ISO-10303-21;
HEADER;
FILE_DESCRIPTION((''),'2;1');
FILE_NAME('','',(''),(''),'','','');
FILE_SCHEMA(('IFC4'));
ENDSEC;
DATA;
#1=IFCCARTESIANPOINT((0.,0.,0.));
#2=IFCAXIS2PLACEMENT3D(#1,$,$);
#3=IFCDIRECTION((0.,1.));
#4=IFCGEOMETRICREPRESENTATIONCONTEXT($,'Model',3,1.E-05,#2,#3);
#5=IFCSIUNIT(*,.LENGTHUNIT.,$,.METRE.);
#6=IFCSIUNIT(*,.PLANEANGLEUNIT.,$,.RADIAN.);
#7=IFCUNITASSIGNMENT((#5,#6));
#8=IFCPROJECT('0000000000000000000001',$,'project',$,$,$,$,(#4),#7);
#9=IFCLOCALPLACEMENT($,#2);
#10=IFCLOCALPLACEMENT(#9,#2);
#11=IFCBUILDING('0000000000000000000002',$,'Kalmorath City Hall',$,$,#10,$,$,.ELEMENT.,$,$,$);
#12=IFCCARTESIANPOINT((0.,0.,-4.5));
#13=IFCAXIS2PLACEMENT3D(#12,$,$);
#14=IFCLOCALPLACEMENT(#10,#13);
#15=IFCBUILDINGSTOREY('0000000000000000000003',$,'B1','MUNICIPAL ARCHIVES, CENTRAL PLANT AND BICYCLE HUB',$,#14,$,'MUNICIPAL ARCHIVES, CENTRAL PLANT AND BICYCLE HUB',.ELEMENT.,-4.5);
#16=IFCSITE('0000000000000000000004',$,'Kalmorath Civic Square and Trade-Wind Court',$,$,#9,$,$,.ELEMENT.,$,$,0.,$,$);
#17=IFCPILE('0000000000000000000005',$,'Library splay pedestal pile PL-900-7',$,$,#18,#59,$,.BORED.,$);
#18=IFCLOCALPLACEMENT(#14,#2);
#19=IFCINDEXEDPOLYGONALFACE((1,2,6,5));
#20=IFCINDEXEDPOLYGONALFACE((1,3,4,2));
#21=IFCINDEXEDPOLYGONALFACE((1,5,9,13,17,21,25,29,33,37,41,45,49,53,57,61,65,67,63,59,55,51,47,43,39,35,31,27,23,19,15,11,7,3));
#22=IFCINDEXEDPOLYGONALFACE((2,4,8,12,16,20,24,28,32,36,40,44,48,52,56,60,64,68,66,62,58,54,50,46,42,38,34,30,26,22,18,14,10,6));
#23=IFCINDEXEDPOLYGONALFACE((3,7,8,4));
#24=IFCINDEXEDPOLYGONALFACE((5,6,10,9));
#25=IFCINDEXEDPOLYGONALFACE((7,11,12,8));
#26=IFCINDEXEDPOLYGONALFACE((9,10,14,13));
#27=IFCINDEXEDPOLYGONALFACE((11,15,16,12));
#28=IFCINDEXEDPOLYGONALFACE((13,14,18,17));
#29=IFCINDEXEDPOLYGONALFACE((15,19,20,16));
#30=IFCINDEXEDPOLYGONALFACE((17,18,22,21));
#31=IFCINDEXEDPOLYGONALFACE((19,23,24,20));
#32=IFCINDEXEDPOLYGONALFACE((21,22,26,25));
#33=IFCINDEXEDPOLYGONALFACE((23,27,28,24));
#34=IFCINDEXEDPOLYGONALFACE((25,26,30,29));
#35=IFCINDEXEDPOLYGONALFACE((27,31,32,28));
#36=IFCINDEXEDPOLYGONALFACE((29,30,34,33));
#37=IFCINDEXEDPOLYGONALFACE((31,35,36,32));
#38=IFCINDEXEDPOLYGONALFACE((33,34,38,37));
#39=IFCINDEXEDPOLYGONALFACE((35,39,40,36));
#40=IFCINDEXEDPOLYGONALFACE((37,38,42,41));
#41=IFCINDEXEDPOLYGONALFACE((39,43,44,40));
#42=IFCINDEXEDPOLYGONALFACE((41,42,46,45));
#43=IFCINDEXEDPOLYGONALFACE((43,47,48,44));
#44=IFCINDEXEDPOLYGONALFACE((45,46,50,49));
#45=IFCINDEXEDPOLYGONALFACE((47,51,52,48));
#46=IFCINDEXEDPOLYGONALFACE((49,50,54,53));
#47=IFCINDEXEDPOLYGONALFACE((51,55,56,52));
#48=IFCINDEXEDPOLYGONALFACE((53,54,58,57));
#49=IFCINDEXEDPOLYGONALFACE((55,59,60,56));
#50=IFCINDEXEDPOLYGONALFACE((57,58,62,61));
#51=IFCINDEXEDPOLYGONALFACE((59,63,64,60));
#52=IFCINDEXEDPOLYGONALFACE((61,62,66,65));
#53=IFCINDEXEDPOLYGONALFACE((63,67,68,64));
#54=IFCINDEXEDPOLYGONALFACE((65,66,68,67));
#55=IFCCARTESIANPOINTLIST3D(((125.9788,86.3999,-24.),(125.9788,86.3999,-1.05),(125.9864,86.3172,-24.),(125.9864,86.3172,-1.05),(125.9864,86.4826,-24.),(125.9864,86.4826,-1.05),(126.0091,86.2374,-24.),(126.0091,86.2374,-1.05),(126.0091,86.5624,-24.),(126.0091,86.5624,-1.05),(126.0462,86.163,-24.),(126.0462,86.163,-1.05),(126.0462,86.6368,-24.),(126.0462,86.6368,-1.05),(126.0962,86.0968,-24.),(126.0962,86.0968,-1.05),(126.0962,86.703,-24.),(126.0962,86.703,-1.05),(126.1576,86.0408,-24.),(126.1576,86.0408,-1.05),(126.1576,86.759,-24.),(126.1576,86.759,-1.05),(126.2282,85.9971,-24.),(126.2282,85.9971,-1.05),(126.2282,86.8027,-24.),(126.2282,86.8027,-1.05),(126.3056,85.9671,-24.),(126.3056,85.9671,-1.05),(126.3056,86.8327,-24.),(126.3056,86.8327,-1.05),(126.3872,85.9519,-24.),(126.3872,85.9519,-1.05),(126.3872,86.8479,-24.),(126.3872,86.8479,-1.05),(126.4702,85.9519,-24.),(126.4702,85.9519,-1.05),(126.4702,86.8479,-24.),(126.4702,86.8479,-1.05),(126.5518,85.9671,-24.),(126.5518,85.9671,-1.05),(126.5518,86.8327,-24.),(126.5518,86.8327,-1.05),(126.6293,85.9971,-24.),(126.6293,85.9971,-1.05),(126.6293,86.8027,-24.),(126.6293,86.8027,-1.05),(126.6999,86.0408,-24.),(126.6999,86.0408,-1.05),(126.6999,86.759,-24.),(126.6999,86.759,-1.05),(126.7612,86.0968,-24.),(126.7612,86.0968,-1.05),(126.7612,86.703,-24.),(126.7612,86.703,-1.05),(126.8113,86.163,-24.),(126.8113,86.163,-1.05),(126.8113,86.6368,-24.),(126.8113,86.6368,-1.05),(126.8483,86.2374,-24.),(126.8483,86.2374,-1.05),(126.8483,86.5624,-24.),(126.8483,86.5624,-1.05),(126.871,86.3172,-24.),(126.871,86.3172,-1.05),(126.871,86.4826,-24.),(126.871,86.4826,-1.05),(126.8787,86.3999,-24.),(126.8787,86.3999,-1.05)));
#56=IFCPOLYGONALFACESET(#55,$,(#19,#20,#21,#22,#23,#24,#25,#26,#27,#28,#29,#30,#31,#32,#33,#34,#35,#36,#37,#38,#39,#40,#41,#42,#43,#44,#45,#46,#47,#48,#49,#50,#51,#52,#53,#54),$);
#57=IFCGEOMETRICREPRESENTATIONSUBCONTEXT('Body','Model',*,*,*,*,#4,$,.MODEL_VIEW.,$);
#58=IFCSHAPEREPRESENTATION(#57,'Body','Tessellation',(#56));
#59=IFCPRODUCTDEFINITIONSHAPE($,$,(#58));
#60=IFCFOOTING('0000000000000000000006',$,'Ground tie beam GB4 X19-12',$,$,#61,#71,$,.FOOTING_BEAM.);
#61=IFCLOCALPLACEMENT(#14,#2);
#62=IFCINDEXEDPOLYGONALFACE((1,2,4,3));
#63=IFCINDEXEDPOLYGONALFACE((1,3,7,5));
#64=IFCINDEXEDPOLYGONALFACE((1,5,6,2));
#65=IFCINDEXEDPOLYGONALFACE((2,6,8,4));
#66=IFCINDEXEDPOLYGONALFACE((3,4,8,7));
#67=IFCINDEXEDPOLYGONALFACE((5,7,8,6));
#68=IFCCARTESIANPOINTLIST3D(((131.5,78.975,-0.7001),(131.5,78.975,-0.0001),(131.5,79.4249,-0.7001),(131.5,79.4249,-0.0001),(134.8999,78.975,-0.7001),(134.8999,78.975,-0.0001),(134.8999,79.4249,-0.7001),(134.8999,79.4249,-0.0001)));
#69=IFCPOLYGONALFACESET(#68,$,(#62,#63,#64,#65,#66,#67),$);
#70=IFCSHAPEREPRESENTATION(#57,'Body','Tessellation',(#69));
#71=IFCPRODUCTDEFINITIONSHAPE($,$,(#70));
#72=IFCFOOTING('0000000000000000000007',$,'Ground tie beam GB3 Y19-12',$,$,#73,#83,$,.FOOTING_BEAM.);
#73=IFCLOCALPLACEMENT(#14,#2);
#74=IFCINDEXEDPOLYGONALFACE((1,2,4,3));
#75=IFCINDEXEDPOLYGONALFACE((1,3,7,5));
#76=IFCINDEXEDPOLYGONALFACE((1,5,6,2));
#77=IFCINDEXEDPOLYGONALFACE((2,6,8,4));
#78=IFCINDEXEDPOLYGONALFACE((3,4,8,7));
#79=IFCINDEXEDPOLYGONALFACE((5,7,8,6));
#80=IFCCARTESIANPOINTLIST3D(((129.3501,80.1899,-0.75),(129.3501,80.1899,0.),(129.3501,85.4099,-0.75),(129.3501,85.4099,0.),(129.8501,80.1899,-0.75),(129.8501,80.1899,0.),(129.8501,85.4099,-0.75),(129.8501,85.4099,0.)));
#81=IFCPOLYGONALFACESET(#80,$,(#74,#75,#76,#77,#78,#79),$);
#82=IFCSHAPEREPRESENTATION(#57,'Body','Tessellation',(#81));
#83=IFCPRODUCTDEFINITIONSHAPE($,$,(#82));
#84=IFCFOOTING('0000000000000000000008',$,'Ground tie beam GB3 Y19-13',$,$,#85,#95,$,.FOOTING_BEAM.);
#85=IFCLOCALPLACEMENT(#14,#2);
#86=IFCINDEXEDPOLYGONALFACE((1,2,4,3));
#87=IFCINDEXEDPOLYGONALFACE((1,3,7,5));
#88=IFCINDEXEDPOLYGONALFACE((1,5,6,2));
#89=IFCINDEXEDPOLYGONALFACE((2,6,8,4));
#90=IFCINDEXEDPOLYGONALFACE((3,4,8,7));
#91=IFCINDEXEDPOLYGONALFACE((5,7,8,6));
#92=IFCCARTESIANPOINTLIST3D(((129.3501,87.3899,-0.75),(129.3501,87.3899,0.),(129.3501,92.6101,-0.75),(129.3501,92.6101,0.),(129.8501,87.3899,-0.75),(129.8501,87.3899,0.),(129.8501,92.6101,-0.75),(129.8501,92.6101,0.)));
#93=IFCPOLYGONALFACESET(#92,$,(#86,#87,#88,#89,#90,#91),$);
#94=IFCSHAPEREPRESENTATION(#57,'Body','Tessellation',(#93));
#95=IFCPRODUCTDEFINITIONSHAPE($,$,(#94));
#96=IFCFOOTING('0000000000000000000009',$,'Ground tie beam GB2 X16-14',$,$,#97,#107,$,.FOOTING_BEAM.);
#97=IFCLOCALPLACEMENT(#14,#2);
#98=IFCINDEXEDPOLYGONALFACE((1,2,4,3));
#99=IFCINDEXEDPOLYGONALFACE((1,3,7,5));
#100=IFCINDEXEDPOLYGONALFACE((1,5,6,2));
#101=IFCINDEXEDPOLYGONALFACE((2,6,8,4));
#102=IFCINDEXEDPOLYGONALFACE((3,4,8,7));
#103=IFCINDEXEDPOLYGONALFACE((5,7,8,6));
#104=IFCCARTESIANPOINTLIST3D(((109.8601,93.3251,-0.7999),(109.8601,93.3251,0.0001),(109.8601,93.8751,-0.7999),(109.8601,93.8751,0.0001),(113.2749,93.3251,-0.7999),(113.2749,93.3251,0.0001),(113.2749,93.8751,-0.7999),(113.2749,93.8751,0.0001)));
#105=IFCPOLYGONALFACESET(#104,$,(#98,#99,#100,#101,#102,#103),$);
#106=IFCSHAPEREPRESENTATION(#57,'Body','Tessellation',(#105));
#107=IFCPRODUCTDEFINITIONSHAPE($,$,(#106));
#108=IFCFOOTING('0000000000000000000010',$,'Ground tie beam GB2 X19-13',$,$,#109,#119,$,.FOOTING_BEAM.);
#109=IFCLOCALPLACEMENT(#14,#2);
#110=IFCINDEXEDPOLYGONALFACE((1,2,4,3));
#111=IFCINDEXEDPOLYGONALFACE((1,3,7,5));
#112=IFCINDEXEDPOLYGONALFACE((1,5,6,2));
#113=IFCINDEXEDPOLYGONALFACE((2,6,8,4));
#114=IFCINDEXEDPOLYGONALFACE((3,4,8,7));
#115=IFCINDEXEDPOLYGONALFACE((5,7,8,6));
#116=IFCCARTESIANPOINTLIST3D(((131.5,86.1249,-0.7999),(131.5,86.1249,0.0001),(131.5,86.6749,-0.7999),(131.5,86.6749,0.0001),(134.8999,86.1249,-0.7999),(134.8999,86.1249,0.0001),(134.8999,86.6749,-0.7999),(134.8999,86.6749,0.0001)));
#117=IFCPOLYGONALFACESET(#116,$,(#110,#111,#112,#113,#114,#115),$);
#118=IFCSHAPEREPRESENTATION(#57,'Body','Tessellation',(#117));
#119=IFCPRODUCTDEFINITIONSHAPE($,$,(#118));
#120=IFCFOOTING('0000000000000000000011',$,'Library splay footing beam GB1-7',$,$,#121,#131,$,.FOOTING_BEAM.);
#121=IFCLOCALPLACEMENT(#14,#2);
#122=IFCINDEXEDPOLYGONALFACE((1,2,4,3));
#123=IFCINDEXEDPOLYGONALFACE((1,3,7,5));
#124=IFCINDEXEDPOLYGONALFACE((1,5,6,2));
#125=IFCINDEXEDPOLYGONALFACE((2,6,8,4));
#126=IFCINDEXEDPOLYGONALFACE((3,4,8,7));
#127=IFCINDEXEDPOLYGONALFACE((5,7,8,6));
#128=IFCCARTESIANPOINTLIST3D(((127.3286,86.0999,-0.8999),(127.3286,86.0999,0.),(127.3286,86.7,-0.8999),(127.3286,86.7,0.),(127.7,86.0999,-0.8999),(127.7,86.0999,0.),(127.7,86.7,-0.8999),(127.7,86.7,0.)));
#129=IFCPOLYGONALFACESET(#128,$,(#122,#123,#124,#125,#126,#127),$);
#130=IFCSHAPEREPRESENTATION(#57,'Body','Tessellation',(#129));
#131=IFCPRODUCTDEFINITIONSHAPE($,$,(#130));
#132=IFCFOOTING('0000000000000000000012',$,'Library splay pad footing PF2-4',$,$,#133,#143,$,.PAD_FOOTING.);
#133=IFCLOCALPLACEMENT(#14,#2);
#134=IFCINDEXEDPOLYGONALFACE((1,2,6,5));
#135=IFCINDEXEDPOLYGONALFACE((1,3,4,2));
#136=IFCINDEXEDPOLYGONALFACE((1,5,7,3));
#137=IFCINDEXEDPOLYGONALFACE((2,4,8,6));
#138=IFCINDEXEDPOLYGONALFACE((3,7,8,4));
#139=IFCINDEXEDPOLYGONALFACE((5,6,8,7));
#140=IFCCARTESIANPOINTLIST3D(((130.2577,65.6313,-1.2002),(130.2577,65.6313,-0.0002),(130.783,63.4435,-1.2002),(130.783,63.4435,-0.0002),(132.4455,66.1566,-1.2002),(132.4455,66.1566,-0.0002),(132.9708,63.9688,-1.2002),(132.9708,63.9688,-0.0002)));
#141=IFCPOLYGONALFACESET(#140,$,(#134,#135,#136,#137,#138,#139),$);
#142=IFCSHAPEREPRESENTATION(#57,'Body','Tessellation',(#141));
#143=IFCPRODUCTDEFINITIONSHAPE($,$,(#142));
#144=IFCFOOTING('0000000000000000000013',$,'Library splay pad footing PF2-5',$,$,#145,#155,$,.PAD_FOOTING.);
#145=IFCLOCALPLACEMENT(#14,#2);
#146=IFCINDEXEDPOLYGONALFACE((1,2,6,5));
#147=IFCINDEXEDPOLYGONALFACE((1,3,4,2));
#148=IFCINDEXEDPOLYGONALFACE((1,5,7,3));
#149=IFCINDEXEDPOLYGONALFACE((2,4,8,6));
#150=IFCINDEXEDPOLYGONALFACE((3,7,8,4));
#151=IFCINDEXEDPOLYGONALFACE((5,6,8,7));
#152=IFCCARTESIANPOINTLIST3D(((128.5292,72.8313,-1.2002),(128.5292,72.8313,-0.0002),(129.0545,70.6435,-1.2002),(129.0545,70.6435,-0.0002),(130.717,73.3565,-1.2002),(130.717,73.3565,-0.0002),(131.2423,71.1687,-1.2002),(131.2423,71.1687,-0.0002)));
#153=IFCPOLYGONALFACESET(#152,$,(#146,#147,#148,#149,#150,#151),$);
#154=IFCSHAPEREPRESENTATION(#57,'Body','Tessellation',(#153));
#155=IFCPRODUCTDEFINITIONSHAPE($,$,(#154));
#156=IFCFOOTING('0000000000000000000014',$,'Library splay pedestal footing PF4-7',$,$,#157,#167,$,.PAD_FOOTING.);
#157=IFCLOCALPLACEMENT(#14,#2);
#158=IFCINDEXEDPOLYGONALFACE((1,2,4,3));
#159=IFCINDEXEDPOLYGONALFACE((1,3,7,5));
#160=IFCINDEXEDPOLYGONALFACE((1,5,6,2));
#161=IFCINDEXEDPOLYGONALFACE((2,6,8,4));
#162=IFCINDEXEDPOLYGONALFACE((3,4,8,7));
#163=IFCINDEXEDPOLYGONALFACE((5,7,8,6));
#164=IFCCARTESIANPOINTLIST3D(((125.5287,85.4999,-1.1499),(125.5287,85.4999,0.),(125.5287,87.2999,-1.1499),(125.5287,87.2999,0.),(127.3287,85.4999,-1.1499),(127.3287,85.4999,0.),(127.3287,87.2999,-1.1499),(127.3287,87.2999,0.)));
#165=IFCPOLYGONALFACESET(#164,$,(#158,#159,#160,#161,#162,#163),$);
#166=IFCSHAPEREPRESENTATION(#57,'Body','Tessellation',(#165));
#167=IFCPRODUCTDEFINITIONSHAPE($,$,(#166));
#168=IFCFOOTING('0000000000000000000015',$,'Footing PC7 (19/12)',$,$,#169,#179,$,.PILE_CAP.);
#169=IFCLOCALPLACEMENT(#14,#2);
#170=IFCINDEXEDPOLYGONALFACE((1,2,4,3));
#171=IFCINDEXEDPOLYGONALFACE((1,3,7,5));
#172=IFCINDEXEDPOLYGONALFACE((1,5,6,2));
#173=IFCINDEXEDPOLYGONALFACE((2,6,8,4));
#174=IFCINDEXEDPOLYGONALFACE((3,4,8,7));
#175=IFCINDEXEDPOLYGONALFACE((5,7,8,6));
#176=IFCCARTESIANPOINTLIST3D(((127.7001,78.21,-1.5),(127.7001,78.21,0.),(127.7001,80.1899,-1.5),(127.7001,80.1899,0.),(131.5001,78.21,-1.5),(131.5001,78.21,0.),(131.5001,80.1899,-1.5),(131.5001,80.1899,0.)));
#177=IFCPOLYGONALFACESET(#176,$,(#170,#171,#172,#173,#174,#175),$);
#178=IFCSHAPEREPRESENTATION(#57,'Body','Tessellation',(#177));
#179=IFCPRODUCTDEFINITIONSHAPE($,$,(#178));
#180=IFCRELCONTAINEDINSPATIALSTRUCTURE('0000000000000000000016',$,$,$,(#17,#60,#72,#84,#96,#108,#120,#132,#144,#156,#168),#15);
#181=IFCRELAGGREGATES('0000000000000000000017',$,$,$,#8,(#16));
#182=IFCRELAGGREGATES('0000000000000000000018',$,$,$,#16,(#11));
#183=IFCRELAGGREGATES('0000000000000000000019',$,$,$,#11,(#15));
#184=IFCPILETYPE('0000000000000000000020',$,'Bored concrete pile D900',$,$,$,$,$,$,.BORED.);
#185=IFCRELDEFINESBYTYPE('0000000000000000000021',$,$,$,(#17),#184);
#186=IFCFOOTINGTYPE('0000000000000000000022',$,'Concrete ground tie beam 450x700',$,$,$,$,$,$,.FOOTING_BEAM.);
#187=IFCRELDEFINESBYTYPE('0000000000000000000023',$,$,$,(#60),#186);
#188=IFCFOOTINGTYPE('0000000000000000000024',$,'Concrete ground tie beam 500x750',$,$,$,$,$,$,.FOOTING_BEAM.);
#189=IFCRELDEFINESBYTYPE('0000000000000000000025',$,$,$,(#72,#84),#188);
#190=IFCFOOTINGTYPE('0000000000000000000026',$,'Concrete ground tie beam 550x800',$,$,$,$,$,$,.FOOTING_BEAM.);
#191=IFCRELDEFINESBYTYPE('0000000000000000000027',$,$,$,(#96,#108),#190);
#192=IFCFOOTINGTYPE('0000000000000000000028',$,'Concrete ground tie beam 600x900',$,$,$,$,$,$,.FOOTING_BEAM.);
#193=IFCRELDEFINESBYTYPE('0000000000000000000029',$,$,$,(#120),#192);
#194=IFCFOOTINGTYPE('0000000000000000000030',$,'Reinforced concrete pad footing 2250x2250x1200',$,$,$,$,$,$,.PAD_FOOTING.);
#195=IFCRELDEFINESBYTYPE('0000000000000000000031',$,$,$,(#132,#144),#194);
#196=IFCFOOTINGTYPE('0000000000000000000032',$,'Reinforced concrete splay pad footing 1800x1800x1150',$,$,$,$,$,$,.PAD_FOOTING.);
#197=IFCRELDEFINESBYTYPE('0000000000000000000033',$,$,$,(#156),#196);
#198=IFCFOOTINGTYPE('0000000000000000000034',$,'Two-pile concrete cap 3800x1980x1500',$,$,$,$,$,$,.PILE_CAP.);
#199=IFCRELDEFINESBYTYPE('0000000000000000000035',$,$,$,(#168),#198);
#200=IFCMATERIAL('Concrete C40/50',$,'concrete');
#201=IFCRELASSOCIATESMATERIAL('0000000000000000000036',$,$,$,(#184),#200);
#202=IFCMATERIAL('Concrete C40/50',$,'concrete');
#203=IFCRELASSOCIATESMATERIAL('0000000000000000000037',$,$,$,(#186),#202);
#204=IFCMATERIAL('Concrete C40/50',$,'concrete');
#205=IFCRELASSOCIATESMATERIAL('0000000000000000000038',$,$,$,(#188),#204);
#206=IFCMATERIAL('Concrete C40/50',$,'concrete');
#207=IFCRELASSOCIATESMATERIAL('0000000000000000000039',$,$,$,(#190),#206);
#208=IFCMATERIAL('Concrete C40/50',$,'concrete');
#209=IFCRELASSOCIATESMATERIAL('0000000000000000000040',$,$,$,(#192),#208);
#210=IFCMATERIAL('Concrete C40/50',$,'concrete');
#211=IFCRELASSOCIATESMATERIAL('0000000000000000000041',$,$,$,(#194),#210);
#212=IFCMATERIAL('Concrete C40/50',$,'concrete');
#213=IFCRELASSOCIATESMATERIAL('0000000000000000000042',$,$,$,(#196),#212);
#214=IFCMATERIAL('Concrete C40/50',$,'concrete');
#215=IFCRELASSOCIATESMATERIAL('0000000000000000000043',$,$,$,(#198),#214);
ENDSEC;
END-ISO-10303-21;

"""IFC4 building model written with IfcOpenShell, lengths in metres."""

from ifc_helpers import new_model, si_unit, direction, frame, origin, origin_2d, place, context, subcontext, project, spatial, rectangle, circle, extrude, material, material_profile, profile_set, type_object, element, save


model = new_model("IFC4")

# Units and contexts
model_context = context("Model", 3, precision=1e-05, world=origin(), true_north=direction((0.0, 1.0)))
body_context = subcontext(model_context, "Body", "Model", "MODEL_VIEW")
ifc_project = project(units=[si_unit("LENGTHUNIT", "METRE"), si_unit("PLANEANGLEUNIT", "RADIAN")], contexts=[model_context])

# Site, building, storey
site_placement = place(None, origin())
site = spatial("IfcSite", under=ifc_project, at=site_placement, Name="Kalmorath Civic Square and Trade-Wind Court", CompositionType="ELEMENT", RefElevation=0.0)
building_placement = place(site_placement, origin())
building = spatial("IfcBuilding", under=site, at=building_placement, Name="Kalmorath City Hall", CompositionType="ELEMENT")
storey_placement = place(building_placement, frame((0.0, 0.0, -4.5)))
storey = spatial("IfcBuildingStorey", under=building, at=storey_placement, Name="B1", Description="MUNICIPAL ARCHIVES, CENTRAL PLANT AND BICYCLE HUB", LongName="MUNICIPAL ARCHIVES, CENTRAL PLANT AND BICYCLE HUB", CompositionType="ELEMENT", Elevation=-4.5)

# Pile
ifc_material_1 = material(Name="Concrete C40/50", Category="concrete")
ifc_material_profile_1 = material_profile(ifc_material_1, circle(Radius=0.45, at=origin_2d()), Name="PILE-D900")
ifc_profile_set_1 = profile_set([ifc_material_profile_1], Name="Concrete C40/50")
pile_type = type_object("IfcPileType", Name="Bored concrete pile D900", PredefinedType="BORED", material=ifc_profile_set_1)
pile_1_placement = place(storey_placement, frame((126.4287, 86.3999, -1.05), z_axis=(0.0, 0.0, -1.0), x_axis=(1.0, 0.0, 0.0)))
element("IfcPile", 1, at=pile_1_placement, inside=storey, type_object=pile_type, Name="Library splay pedestal pile PL-900-7", PredefinedType="BORED", context=body_context, shape_type="SweptSolid", body=[
    extrude(circle(Radius=0.45, at=origin_2d()), origin(), (0.0, 0.0, 1.0), 22.95),
])

# Footings
ifc_material_2 = material(Name="Concrete C40/50", Category="concrete")
ifc_material_profile_2 = material_profile(ifc_material_2, rectangle(XDim=0.45, YDim=0.7, at=origin_2d()), Name="RC-BM-450X700")
ifc_profile_set_2 = profile_set([ifc_material_profile_2], Name="Concrete C40/50")
footing_type_1 = type_object("IfcFootingType", Name="Concrete ground tie beam 450x700", PredefinedType="FOOTING_BEAM", material=ifc_profile_set_2)
footing_1_placement = place(storey_placement, frame((131.5, 79.2, -0.3501), z_axis=(1.0, 0.0, 0.0), x_axis=(0.0, 1.0, 0.0)))
element("IfcFooting", 2, at=footing_1_placement, inside=storey, type_object=footing_type_1, Name="Ground tie beam GB4 X19-12", PredefinedType="FOOTING_BEAM", context=body_context, shape_type="SweptSolid", body=[
    extrude(rectangle(XDim=0.45, YDim=0.7, at=origin_2d()), origin(), (0.0, 0.0, 1.0), 3.3999),
])
ifc_material_3 = material(Name="Concrete C40/50", Category="concrete")
ifc_material_profile_3 = material_profile(ifc_material_3, rectangle(XDim=0.5, YDim=0.75, at=origin_2d()), Name="RC-BM-500X750")
ifc_profile_set_3 = profile_set([ifc_material_profile_3], Name="Concrete C40/50")
footing_type_2 = type_object("IfcFootingType", Name="Concrete ground tie beam 500x750", PredefinedType="FOOTING_BEAM", material=ifc_profile_set_3)
footing_2_placement = place(storey_placement, frame((129.6001, 80.1899, -0.375), z_axis=(0.0, 1.0, 0.0), x_axis=(-1.0, 0.0, 0.0)))
element("IfcFooting", 3, at=footing_2_placement, inside=storey, type_object=footing_type_2, Name="Ground tie beam GB3 Y19-12", PredefinedType="FOOTING_BEAM", context=body_context, shape_type="SweptSolid", body=[
    extrude(rectangle(XDim=0.5, YDim=0.75, at=origin_2d()), origin(), (0.0, 0.0, 1.0), 5.22),
])
footing_3_placement = place(storey_placement, frame((129.6001, 87.3899, -0.375), z_axis=(0.0, 1.0, 0.0), x_axis=(-1.0, 0.0, 0.0)))
element("IfcFooting", 4, at=footing_3_placement, inside=storey, type_object=footing_type_2, Name="Ground tie beam GB3 Y19-13", PredefinedType="FOOTING_BEAM", context=body_context, shape_type="SweptSolid", body=[
    extrude(rectangle(XDim=0.5, YDim=0.75, at=origin_2d()), origin(), (0.0, 0.0, 1.0), 5.2202),
])
ifc_material_4 = material(Name="Concrete C40/50", Category="concrete")
ifc_material_profile_4 = material_profile(ifc_material_4, rectangle(XDim=0.55, YDim=0.8, at=origin_2d()), Name="RC-BM-550X800")
ifc_profile_set_4 = profile_set([ifc_material_profile_4], Name="Concrete C40/50")
footing_type_3 = type_object("IfcFootingType", Name="Concrete ground tie beam 550x800", PredefinedType="FOOTING_BEAM", material=ifc_profile_set_4)
footing_4_placement = place(storey_placement, frame((109.8601, 93.6001, -0.3999), z_axis=(1.0, 0.0, 0.0), x_axis=(0.0, 1.0, 0.0)))
element("IfcFooting", 5, at=footing_4_placement, inside=storey, type_object=footing_type_3, Name="Ground tie beam GB2 X16-14", PredefinedType="FOOTING_BEAM", context=body_context, shape_type="SweptSolid", body=[
    extrude(rectangle(XDim=0.55, YDim=0.8, at=origin_2d()), origin(), (0.0, 0.0, 1.0), 3.4148),
])
footing_5_placement = place(storey_placement, frame((131.5, 86.3999, -0.3999), z_axis=(1.0, 0.0, 0.0), x_axis=(0.0, 1.0, 0.0)))
element("IfcFooting", 6, at=footing_5_placement, inside=storey, type_object=footing_type_3, Name="Ground tie beam GB2 X19-13", PredefinedType="FOOTING_BEAM", context=body_context, shape_type="SweptSolid", body=[
    extrude(rectangle(XDim=0.55, YDim=0.8, at=origin_2d()), origin(), (0.0, 0.0, 1.0), 3.3999),
])
ifc_material_5 = material(Name="Concrete C40/50", Category="concrete")
ifc_material_profile_5 = material_profile(ifc_material_5, rectangle(XDim=0.6001, YDim=0.8999, at=origin_2d()), Name="RC-BM-600X900")
ifc_profile_set_5 = profile_set([ifc_material_profile_5], Name="Concrete C40/50")
footing_type_4 = type_object("IfcFootingType", Name="Concrete ground tie beam 600x900", PredefinedType="FOOTING_BEAM", material=ifc_profile_set_5)
footing_6_placement = place(storey_placement, frame((127.3286, 86.3999, -0.45), z_axis=(1.0, 0.0, 0.0), x_axis=(0.0, 1.0, 0.0)))
element("IfcFooting", 7, at=footing_6_placement, inside=storey, type_object=footing_type_4, Name="Library splay footing beam GB1-7", PredefinedType="FOOTING_BEAM", context=body_context, shape_type="SweptSolid", body=[
    extrude(rectangle(XDim=0.6001, YDim=0.8999, at=origin_2d()), origin(), (0.0, 0.0, 1.0), 0.3713),
])
ifc_material_6 = material(Name="Concrete C40/50", Category="concrete")
footing_type_5 = type_object("IfcFootingType", Name="Reinforced concrete pad footing 2250x2250x1200", PredefinedType="PAD_FOOTING", material=ifc_material_6)
for number, where, z_axis, x_axis, name in (
    (8, (131.6143, 64.8, -1.2002), (0.0, 0.0, 1.0), (0.97237, 0.233445, 0.0), "Library splay pad footing PF2-4"),
    (9, (129.8857, 72.0, -1.2002), (0.0, 0.0, 1.0), (0.97237, 0.233445, 0.0), "Library splay pad footing PF2-5"),
):
    element("IfcFooting", number, at=place(storey_placement, frame(where, z_axis=z_axis, x_axis=x_axis)), inside=storey, type_object=footing_type_5, Name=name, PredefinedType="PAD_FOOTING", context=body_context, shape_type="SweptSolid", body=[
        extrude(rectangle(XDim=2.25, YDim=2.25, at=origin_2d()), origin(), (0.0, 0.0, 1.0), 1.2),
    ])
ifc_material_7 = material(Name="Concrete C40/50", Category="concrete")
footing_type_6 = type_object("IfcFootingType", Name="Reinforced concrete splay pad footing 1800x1800x1150", PredefinedType="PAD_FOOTING", material=ifc_material_7)
footing_7_placement = place(storey_placement, frame((126.4287, 86.3999, -1.1499), z_axis=(0.0, 0.0, 1.0), x_axis=(1.0, 0.0, 0.0)))
element("IfcFooting", 10, at=footing_7_placement, inside=storey, type_object=footing_type_6, Name="Library splay pedestal footing PF4-7", PredefinedType="PAD_FOOTING", context=body_context, shape_type="SweptSolid", body=[
    extrude(rectangle(XDim=1.8, YDim=1.8, at=origin_2d()), origin(), (0.0, 0.0, 1.0), 1.1499),
])
ifc_material_8 = material(Name="Concrete C40/50", Category="concrete")
footing_type_7 = type_object("IfcFootingType", Name="Two-pile concrete cap 3800x1980x1500", PredefinedType="PILE_CAP", material=ifc_material_8)
for number, where, z_axis, x_axis, name in (
    (11, (129.6001, 79.2, -1.5), (0.0, 0.0, 1.0), (1.0, 0.0, 0.0), "Footing PC7 (19/12)"),
):
    element("IfcFooting", number, at=place(storey_placement, frame(where, z_axis=z_axis, x_axis=x_axis)), inside=storey, type_object=footing_type_7, Name=name, PredefinedType="PILE_CAP", context=body_context, shape_type="SweptSolid", body=[
        extrude(rectangle(XDim=3.8, YDim=1.98, at=origin_2d()), origin(), (0.0, 0.0, 1.0), 1.5),
    ])

save(model, "model.ifc")
